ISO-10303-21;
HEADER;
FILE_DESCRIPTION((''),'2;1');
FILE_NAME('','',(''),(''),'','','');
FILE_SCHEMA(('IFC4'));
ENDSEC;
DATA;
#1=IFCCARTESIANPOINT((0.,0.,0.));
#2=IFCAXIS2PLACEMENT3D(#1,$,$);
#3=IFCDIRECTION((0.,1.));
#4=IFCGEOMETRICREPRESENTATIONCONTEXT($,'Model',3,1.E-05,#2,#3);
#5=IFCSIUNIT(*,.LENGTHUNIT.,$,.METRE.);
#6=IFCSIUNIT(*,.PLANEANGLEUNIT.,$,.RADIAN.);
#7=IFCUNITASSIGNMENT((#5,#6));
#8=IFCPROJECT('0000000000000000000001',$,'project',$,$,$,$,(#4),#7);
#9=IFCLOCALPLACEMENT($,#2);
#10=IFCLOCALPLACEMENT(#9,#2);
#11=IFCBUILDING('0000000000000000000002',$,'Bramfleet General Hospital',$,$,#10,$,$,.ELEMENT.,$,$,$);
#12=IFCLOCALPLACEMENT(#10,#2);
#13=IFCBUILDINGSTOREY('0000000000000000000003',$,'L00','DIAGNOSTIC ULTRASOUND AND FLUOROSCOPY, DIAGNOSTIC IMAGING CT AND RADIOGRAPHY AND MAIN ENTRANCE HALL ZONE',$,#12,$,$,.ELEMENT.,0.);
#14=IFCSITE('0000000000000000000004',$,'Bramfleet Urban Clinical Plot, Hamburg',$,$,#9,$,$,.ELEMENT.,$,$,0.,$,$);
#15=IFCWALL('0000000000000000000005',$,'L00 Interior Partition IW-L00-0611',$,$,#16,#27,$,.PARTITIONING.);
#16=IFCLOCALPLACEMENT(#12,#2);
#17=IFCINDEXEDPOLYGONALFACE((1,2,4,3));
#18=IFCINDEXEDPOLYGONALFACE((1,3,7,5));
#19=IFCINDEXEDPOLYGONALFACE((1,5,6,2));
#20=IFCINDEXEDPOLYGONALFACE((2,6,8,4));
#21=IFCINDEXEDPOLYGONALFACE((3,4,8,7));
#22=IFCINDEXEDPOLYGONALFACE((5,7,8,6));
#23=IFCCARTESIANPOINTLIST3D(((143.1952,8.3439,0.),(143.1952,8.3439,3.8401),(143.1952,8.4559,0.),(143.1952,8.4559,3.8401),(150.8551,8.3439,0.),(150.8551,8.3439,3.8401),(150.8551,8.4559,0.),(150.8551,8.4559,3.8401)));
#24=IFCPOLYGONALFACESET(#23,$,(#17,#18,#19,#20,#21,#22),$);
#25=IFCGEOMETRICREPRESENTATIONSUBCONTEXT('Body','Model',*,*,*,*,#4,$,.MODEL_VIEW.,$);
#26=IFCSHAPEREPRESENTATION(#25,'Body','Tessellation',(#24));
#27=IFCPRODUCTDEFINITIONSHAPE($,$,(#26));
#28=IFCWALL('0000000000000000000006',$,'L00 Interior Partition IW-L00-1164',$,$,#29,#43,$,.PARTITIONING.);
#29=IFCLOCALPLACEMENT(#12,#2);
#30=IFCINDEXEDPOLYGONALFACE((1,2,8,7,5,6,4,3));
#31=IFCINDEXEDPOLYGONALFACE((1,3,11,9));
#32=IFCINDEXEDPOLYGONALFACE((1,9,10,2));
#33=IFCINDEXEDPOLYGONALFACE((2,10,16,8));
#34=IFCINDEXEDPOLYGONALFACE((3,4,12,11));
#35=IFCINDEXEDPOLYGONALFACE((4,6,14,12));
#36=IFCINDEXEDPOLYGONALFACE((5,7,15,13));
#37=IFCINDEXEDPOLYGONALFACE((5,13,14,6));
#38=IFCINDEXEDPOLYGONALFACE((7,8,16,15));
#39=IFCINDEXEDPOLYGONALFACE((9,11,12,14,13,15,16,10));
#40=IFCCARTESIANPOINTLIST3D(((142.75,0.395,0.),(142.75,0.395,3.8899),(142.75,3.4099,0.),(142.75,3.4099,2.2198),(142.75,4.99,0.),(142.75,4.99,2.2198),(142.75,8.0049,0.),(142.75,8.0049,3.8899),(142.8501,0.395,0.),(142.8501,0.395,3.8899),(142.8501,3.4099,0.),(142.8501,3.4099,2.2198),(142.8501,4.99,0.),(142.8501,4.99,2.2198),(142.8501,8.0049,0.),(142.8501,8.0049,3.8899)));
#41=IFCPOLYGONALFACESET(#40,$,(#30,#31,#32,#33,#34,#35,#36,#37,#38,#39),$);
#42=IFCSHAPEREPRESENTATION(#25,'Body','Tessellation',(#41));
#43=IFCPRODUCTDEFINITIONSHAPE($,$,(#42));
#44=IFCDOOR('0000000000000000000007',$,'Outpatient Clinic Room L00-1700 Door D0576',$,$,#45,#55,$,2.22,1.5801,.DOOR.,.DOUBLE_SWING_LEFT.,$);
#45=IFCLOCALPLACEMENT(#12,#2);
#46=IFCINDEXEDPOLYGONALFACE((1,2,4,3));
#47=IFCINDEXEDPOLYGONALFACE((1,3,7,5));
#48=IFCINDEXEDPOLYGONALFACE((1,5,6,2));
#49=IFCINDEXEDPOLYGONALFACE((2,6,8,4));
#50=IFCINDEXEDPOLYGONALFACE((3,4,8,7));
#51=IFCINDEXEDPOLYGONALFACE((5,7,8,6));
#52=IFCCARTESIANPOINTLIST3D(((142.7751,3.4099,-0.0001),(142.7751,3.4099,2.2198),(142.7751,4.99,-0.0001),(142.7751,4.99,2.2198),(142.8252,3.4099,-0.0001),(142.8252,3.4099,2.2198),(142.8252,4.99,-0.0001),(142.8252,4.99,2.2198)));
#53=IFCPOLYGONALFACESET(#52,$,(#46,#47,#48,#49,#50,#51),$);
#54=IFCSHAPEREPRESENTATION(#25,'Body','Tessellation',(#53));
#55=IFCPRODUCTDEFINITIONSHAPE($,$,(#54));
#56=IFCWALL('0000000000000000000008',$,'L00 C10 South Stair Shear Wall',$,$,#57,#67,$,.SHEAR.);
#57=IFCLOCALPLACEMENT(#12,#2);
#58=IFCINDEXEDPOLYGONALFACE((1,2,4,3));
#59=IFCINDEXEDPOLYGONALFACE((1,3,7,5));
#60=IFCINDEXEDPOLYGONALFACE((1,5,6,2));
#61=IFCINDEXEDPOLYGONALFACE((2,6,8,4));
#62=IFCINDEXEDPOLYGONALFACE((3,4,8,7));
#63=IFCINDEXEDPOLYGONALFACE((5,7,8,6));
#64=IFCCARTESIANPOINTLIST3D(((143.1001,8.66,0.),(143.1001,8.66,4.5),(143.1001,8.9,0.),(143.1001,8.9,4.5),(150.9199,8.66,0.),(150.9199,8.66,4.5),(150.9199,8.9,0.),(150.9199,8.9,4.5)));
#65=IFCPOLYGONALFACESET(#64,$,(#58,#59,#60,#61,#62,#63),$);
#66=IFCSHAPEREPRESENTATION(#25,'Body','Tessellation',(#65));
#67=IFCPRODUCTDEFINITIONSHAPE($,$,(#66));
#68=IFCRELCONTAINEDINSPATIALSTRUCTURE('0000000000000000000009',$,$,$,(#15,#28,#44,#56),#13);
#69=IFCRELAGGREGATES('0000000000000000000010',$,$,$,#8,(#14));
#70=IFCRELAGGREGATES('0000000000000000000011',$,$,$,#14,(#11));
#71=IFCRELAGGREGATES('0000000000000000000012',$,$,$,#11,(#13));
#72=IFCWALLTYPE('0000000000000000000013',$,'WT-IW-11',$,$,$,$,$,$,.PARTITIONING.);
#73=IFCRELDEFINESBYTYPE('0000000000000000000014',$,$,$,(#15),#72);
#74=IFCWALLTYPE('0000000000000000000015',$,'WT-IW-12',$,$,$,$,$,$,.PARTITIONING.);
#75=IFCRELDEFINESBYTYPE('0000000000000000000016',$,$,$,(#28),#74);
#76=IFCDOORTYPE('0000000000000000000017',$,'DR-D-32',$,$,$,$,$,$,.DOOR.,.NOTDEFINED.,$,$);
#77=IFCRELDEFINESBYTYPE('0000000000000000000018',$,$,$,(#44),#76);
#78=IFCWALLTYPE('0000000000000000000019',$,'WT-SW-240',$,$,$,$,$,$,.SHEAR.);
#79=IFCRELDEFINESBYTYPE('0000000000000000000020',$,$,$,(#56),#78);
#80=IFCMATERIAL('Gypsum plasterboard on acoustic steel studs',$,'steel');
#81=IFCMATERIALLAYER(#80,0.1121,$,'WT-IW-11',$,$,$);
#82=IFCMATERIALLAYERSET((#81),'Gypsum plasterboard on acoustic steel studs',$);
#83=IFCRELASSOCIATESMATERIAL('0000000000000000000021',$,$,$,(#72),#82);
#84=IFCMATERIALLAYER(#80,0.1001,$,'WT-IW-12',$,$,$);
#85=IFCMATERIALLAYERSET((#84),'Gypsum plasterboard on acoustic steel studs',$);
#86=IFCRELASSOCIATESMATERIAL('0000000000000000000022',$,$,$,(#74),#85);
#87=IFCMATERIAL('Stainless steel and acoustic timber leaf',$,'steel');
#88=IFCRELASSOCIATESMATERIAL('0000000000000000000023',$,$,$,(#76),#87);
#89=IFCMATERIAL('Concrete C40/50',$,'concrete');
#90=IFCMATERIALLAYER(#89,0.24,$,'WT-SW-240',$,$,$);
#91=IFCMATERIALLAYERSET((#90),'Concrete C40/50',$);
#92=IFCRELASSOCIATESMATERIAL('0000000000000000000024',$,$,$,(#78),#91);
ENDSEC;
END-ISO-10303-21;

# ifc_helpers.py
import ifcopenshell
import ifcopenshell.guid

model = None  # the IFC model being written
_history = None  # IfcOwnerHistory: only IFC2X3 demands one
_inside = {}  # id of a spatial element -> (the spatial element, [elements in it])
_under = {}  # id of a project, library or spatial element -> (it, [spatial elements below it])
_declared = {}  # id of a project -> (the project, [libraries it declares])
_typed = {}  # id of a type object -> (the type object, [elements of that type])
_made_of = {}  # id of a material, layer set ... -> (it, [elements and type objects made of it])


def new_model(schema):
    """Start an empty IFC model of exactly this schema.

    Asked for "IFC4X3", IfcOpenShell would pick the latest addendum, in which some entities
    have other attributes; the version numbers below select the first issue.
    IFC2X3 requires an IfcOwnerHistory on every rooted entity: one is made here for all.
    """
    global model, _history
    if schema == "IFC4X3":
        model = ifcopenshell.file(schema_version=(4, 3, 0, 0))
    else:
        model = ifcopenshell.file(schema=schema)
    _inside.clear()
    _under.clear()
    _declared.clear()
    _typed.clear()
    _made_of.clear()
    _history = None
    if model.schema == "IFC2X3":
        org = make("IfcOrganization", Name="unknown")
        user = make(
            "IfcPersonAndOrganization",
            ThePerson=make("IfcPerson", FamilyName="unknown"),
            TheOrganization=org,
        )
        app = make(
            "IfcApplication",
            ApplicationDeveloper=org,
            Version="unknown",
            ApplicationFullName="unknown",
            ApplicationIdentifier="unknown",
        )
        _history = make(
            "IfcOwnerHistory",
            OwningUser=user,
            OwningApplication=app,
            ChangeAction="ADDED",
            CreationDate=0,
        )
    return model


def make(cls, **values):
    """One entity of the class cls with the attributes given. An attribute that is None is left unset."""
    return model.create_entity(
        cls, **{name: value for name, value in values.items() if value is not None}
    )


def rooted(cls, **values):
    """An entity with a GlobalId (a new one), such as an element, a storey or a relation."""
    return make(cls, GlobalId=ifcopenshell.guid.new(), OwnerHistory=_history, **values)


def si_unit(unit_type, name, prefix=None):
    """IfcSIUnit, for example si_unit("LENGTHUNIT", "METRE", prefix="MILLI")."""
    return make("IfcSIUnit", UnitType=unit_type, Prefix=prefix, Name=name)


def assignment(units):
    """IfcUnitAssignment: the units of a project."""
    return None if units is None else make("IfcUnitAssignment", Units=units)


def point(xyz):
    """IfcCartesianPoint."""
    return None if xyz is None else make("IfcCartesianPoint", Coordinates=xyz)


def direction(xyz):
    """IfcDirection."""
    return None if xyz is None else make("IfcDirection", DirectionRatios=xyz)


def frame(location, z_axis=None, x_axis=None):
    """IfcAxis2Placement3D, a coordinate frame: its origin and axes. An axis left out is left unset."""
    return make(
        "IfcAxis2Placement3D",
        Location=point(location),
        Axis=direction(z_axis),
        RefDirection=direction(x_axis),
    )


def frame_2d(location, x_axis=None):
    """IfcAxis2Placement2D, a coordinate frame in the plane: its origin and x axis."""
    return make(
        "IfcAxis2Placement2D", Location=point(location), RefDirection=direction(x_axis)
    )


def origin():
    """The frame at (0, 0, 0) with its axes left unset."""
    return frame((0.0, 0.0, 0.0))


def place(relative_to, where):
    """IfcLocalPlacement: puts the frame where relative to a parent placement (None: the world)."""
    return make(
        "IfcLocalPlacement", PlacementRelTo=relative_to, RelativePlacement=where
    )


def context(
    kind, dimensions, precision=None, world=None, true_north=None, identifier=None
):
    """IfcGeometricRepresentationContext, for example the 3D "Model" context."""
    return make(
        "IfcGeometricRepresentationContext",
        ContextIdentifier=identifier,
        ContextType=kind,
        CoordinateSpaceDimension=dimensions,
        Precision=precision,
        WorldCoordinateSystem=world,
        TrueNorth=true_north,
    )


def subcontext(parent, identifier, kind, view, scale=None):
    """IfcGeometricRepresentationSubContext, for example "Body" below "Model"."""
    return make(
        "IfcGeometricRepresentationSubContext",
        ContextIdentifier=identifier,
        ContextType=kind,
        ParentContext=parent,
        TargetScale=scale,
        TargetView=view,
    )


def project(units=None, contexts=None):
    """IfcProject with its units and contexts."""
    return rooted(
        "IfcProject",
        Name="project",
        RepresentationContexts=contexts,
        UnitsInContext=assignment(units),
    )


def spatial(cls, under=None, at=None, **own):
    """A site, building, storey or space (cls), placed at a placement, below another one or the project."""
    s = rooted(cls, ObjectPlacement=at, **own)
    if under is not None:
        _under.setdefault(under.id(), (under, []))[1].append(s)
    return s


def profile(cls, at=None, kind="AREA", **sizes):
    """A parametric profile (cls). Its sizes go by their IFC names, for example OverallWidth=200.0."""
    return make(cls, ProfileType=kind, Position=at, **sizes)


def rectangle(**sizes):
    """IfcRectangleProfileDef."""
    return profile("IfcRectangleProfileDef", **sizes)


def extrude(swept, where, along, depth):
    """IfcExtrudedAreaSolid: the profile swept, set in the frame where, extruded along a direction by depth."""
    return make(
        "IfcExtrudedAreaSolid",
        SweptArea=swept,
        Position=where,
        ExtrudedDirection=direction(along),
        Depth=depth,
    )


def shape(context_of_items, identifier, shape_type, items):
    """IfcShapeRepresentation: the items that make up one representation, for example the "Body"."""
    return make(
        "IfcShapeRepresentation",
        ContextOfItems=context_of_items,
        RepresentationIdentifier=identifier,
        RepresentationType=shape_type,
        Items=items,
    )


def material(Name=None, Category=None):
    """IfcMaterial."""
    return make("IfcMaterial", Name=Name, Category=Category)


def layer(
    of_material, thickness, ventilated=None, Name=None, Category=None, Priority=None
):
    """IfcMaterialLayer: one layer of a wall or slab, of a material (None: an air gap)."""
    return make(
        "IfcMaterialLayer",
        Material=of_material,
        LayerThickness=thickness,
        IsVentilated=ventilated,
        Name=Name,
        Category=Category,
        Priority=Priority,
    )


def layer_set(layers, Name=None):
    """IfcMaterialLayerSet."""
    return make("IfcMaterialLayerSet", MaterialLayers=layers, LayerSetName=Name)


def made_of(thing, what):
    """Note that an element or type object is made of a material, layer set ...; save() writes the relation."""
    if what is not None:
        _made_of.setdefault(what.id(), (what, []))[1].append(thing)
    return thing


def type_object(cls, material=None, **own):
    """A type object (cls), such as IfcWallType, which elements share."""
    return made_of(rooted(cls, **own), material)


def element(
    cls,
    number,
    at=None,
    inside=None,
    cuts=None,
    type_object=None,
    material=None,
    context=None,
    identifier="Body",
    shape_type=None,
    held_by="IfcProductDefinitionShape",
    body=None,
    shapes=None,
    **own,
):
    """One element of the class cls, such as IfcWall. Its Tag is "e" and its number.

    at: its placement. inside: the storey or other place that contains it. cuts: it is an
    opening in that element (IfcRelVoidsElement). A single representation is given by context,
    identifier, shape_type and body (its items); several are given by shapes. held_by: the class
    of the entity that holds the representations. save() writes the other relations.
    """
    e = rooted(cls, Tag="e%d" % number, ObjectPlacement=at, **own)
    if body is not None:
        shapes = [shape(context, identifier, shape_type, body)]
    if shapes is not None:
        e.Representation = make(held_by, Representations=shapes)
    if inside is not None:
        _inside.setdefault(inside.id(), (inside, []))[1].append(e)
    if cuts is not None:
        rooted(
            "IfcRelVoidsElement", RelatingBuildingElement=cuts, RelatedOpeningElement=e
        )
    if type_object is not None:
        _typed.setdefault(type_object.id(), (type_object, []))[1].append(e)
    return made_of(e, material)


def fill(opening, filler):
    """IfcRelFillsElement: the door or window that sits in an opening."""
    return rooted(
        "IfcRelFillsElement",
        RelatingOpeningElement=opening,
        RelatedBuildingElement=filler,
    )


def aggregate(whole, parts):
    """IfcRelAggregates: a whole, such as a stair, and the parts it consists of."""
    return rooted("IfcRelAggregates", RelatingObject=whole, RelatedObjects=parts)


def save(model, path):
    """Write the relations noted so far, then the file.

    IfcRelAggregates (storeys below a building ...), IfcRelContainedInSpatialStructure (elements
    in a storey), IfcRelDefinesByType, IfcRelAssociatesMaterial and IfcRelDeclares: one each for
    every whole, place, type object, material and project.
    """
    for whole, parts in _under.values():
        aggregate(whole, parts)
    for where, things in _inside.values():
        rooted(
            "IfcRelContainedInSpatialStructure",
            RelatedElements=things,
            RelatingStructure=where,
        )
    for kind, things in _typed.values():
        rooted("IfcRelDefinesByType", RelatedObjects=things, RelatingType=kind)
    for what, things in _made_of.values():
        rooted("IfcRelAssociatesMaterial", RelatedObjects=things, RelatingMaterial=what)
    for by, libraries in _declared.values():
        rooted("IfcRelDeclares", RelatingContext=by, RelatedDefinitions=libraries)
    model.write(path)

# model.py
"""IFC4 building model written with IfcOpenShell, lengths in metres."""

from ifc_helpers import new_model, si_unit, direction, frame, frame_2d, origin, place, context, subcontext, project, spatial, rectangle, extrude, material, layer, layer_set, type_object, element, fill, save


model = new_model("IFC4")

# Units and contexts
model_context = context("Model", 3, precision=1e-05, world=origin(), true_north=direction((0.0, 1.0)))
body_context = subcontext(model_context, "Body", "Model", "MODEL_VIEW")
ifc_project = project(units=[si_unit("LENGTHUNIT", "METRE"), si_unit("PLANEANGLEUNIT", "RADIAN")], contexts=[model_context])

# Site, building, storey
site_placement = place(None, origin())
site = spatial("IfcSite", under=ifc_project, at=site_placement, Name="Bramfleet Urban Clinical Plot, Hamburg", CompositionType="ELEMENT", RefElevation=0.0)
building_placement = place(site_placement, origin())
building = spatial("IfcBuilding", under=site, at=building_placement, Name="Bramfleet General Hospital", CompositionType="ELEMENT")
storey_placement = place(building_placement, origin())
storey = spatial("IfcBuildingStorey", under=building, at=storey_placement, Name="L00", Description="DIAGNOSTIC ULTRASOUND AND FLUOROSCOPY, DIAGNOSTIC IMAGING CT AND RADIOGRAPHY AND MAIN ENTRANCE HALL ZONE", CompositionType="ELEMENT", Elevation=0.0)

# Shared definitions
ifc_material_1 = material(Name="Concrete C40/50", Category="concrete")

# Wall
ifc_material_2 = material(Name="Gypsum plasterboard on acoustic steel studs", Category="steel")
ifc_layer_1 = layer(ifc_material_2, 0.1121, Name="WT-IW-11")
ifc_layer_set_1 = layer_set([ifc_layer_1], Name="Gypsum plasterboard on acoustic steel studs")
wall_type_1 = type_object("IfcWallType", Name="WT-IW-11", PredefinedType="PARTITIONING", material=ifc_layer_set_1)
wall_1_placement = place(storey_placement, frame((143.1951, 8.3999, 0.0), z_axis=(0.0, 0.0, 1.0), x_axis=(1.0, 0.0, 0.0)))
element("IfcWall", 1, at=wall_1_placement, inside=storey, type_object=wall_type_1, Name="L00 Interior Partition IW-L00-0611", PredefinedType="PARTITIONING", context=body_context, shape_type="SweptSolid", body=[
    extrude(rectangle(XDim=7.6599, YDim=0.1121, at=frame_2d((3.8301, 0.0))), origin(), (0.0, 0.0, 1.0), 3.8401),
])

# Wall, opening, door
ifc_layer_2 = layer(ifc_material_2, 0.1001, Name="WT-IW-12")
ifc_layer_set_2 = layer_set([ifc_layer_2], Name="Gypsum plasterboard on acoustic steel studs")
wall_type_2 = type_object("IfcWallType", Name="WT-IW-12", PredefinedType="PARTITIONING", material=ifc_layer_set_2)
wall_2_placement = place(storey_placement, frame((142.8, 0.395, 0.0), z_axis=(0.0, 0.0, 1.0), x_axis=(0.0, 1.0, 0.0)))
wall_2 = element("IfcWall", 2, at=wall_2_placement, inside=storey, type_object=wall_type_2, Name="L00 Interior Partition IW-L00-1164", PredefinedType="PARTITIONING", context=body_context, shape_type="SweptSolid", body=[
    extrude(rectangle(XDim=7.6099, YDim=0.1001, at=frame_2d((3.8049, 0.0))), origin(), (0.0, 0.0, 1.0), 3.8899),
])
opening_1_placement = place(wall_2_placement, frame((3.0149, 0.0, 0.0)))
opening_1 = element("IfcOpeningElement", 3, at=opening_1_placement, cuts=wall_2, PredefinedType="OPENING", context=body_context, shape_type="SweptSolid", body=[
    extrude(rectangle(XDim=1.5801, YDim=2.22, at=frame_2d((0.79, 1.1099))), frame((0.0, 0.0601, 0.0), z_axis=(0.0, -1.0, 0.0), x_axis=(1.0, 0.0, 0.0)), (0.0, 0.0, 1.0), 0.1201),
])
ifc_material_3 = material(Name="Stainless steel and acoustic timber leaf", Category="steel")
door_type_1 = type_object("IfcDoorType", Name="DR-D-32", OperationType="NOTDEFINED", PredefinedType="DOOR", material=ifc_material_3)
door_1_placement = place(opening_1_placement, origin())
door_1 = element("IfcDoor", 4, at=door_1_placement, inside=storey, type_object=door_type_1, Name="Outpatient Clinic Room L00-1700 Door D0576", OperationType="DOUBLE_SWING_LEFT", OverallHeight=2.22, OverallWidth=1.5801, PredefinedType="DOOR", context=body_context, shape_type="SweptSolid", body=[
    extrude(rectangle(XDim=1.5801, YDim=2.22, at=frame_2d((0.79, 1.1099))), frame((0.0, 0.0249, 0.0), z_axis=(0.0, -1.0, 0.0), x_axis=(1.0, 0.0, 0.0)), (0.0, 0.0, 1.0), 0.05),
])
fill(opening_1, door_1)

# Wall
ifc_layer_3 = layer(ifc_material_1, 0.24, Name="WT-SW-240")
ifc_layer_set_3 = layer_set([ifc_layer_3], Name="Concrete C40/50")
wall_type_3 = type_object("IfcWallType", Name="WT-SW-240", PredefinedType="SHEAR", material=ifc_layer_set_3)
wall_3_placement = place(storey_placement, frame((143.1001, 8.78, 0.0), z_axis=(0.0, 0.0, 1.0), x_axis=(1.0, 0.0, 0.0)))
element("IfcWall", 5, at=wall_3_placement, inside=storey, type_object=wall_type_3, Name="L00 C10 South Stair Shear Wall", PredefinedType="SHEAR", context=body_context, shape_type="SweptSolid", body=[
    extrude(rectangle(XDim=7.8198, YDim=0.24, at=frame_2d((3.9099, 0.0))), origin(), (0.0, 0.0, 1.0), 4.5),
])

save(model, "model.ifc")
